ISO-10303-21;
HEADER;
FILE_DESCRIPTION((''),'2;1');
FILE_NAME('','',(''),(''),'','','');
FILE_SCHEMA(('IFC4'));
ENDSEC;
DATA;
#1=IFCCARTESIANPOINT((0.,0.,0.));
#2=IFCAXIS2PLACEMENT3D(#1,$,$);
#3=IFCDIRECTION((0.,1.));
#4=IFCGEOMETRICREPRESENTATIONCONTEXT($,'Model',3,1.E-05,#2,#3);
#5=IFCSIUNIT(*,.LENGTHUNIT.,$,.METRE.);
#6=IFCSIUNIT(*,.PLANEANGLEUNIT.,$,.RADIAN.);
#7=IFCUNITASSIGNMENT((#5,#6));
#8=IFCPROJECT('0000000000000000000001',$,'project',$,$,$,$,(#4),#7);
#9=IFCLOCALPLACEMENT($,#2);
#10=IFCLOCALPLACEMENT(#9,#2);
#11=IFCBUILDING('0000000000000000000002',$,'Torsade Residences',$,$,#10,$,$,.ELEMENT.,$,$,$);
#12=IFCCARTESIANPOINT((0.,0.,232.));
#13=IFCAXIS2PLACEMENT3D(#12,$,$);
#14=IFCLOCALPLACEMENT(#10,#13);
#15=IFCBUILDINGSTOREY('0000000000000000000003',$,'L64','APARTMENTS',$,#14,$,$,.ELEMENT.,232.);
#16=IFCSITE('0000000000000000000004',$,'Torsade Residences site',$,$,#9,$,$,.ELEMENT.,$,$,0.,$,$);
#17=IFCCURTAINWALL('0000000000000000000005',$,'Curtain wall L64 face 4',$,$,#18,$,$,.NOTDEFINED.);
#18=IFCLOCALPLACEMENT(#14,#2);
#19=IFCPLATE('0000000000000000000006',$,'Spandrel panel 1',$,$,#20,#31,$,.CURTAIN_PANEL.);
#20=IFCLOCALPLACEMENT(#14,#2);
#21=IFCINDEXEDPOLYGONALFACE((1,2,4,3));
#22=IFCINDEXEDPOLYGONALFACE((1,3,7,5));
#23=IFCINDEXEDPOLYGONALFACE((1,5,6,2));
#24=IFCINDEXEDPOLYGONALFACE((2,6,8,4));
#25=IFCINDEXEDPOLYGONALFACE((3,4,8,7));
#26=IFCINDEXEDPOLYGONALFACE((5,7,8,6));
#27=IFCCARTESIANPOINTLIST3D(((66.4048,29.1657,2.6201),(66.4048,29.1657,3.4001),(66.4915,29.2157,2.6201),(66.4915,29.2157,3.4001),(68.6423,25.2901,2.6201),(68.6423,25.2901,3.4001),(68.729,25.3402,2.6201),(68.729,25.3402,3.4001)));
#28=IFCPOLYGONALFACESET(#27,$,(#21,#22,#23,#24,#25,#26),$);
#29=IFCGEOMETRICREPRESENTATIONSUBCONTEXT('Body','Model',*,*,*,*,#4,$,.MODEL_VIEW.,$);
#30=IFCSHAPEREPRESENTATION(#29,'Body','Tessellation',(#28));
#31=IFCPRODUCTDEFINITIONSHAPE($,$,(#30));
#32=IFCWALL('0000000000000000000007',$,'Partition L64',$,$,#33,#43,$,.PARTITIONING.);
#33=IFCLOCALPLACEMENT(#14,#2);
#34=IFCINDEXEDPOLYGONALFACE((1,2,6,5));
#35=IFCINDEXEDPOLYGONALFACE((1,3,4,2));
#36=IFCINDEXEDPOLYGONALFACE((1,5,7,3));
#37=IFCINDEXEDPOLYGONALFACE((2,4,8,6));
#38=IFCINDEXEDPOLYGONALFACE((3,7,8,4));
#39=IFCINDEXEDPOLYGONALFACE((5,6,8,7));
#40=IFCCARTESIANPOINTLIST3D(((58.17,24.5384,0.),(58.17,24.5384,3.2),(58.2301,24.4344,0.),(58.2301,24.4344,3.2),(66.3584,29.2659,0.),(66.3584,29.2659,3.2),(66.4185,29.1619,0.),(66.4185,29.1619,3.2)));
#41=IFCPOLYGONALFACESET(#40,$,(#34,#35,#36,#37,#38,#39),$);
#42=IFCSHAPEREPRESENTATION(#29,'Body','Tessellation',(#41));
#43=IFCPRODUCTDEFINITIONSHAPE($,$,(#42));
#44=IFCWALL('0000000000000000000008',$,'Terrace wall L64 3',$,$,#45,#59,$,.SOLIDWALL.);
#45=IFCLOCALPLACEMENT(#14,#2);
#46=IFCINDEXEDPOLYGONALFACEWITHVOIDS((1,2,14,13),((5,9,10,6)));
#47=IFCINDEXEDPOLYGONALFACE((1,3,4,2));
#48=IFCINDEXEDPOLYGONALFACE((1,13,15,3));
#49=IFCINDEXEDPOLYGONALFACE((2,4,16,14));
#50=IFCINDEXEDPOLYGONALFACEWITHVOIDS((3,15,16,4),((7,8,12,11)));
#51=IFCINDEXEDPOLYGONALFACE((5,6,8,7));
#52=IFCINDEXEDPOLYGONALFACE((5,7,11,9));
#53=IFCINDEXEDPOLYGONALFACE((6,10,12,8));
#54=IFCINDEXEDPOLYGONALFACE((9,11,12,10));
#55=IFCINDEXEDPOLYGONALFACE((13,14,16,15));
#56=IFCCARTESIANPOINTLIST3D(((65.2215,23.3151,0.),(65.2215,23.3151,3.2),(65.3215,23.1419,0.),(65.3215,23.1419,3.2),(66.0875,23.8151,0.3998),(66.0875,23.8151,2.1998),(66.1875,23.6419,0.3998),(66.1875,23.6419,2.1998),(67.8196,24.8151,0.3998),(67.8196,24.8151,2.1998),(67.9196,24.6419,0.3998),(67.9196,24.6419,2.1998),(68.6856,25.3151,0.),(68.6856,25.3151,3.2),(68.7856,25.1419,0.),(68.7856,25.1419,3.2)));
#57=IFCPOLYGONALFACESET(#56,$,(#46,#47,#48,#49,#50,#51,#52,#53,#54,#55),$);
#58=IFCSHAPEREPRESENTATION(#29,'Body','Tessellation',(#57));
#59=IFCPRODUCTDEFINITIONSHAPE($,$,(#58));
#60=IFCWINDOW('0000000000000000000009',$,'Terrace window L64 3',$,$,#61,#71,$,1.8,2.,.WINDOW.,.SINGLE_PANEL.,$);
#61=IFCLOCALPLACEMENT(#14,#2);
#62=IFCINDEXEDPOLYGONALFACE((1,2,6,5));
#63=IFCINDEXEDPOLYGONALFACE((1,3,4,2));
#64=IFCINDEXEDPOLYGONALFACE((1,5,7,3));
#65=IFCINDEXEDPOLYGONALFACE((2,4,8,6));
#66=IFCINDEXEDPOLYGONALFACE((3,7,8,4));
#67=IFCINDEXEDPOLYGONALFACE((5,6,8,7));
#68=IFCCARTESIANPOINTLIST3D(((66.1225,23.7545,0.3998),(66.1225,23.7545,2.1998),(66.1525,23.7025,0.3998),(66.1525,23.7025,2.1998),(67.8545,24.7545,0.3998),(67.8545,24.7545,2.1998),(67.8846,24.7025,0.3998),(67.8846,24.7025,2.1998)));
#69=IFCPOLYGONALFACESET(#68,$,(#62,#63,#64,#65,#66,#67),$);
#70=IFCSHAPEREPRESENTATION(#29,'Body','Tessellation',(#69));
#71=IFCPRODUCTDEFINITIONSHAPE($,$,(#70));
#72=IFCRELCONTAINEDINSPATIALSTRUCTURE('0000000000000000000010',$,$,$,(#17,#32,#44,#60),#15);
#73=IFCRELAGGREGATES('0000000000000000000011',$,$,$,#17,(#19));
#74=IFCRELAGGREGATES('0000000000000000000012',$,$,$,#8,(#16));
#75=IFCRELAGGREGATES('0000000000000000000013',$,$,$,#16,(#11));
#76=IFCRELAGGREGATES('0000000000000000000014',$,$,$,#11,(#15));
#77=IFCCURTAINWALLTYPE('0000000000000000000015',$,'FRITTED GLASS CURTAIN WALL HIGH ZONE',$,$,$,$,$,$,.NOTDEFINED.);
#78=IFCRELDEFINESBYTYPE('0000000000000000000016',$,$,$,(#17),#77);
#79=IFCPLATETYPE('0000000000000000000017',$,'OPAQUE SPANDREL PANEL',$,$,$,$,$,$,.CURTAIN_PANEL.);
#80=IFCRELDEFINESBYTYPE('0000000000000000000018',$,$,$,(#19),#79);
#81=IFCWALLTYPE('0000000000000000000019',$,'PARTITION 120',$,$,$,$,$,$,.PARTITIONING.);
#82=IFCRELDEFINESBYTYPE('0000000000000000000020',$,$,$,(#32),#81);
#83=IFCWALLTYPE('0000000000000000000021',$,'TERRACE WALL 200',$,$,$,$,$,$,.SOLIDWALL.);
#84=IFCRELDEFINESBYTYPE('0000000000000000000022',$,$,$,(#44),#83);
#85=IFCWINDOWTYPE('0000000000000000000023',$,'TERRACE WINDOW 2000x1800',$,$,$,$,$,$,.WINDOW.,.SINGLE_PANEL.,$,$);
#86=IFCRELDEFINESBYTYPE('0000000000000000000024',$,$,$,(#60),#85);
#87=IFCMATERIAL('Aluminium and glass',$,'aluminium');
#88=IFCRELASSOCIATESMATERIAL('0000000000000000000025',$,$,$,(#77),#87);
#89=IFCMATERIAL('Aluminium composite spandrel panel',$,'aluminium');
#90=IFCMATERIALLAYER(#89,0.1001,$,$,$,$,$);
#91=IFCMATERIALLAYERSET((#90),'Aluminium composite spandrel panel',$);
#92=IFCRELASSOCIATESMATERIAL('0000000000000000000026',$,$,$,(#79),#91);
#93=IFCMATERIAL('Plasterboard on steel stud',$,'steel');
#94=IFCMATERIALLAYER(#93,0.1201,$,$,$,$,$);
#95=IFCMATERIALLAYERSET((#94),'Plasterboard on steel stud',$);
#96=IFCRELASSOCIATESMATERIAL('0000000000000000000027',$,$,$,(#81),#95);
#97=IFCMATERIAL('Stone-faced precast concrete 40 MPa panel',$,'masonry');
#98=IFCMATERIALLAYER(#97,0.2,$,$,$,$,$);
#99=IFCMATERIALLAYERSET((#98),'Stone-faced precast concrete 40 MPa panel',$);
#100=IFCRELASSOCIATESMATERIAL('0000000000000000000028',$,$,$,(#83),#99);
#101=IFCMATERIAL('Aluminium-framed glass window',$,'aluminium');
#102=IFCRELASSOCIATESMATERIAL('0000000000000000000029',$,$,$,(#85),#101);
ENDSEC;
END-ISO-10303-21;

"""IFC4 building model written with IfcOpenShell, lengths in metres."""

from ifc_helpers import new_model, si_unit, direction, frame, frame_2d, origin, origin_2d, place, context, subcontext, project, spatial, rectangle, extrude, material, layer, layer_set, type_object, element, fill, aggregate, save


model = new_model("IFC4")

# Units and contexts
model_context = context("Model", 3, precision=1e-05, world=origin(), true_north=direction((0.0, 1.0)))
body_context = subcontext(model_context, "Body", "Model", "MODEL_VIEW")
ifc_project = project(units=[si_unit("LENGTHUNIT", "METRE"), si_unit("PLANEANGLEUNIT", "RADIAN")], contexts=[model_context])

# Site, building, storey
site_placement = place(None, origin())
site = spatial("IfcSite", under=ifc_project, at=site_placement, Name="Torsade Residences site", CompositionType="ELEMENT", RefElevation=0.0)
building_placement = place(site_placement, origin())
building = spatial("IfcBuilding", under=site, at=building_placement, Name="Torsade Residences", CompositionType="ELEMENT")
storey_placement = place(building_placement, frame((0.0, 0.0, 232.0)))
storey = spatial("IfcBuildingStorey", under=building, at=storey_placement, Name="L64", Description="APARTMENTS", CompositionType="ELEMENT", Elevation=232.0)

# Curtain wall
ifc_material_1 = material(Name="Aluminium and glass", Category="aluminium")
curtain_wall_type = type_object("IfcCurtainWallType", Name="FRITTED GLASS CURTAIN WALL HIGH ZONE", PredefinedType="NOTDEFINED", material=ifc_material_1)
curtain_wall_placement = place(storey_placement, origin())
curtain_wall = element("IfcCurtainWall", 1, at=curtain_wall_placement, inside=storey, type_object=curtain_wall_type, Name="Curtain wall L64 face 4", PredefinedType="NOTDEFINED")

# Plate
ifc_material_2 = material(Name="Aluminium composite spandrel panel", Category="aluminium")
ifc_layer_1 = layer(ifc_material_2, 0.1001)
ifc_layer_set_1 = layer_set([ifc_layer_1], Name="Aluminium composite spandrel panel")
plate_type_1 = type_object("IfcPlateType", Name="OPAQUE SPANDREL PANEL", PredefinedType="CURTAIN_PANEL", material=ifc_layer_set_1)
plate_1_placement = place(storey_placement, frame((67.5669, 27.2529, 2.6201), z_axis=(0.0, 0.0, 1.0), x_axis=(-0.5, 0.866025, 0.0)))
plate_1 = element("IfcPlate", 2, at=plate_1_placement, type_object=plate_type_1, Name="Spandrel panel 1", PredefinedType="CURTAIN_PANEL", context=body_context, shape_type="SweptSolid", body=[
    extrude(rectangle(XDim=4.4751, YDim=0.1001, at=origin_2d()), origin(), (0.0, 0.0, 1.0), 0.78),
])
aggregate(curtain_wall, [plate_1])

# Wall
ifc_material_3 = material(Name="Plasterboard on steel stud", Category="steel")
ifc_layer_2 = layer(ifc_material_3, 0.1201)
ifc_layer_set_2 = layer_set([ifc_layer_2], Name="Plasterboard on steel stud")
wall_type_1 = type_object("IfcWallType", Name="PARTITION 120", PredefinedType="PARTITIONING", material=ifc_layer_set_2)
wall_1_placement = place(storey_placement, frame((66.3884, 29.2139, 0.0), z_axis=(0.0, 0.0, 1.0), x_axis=(-0.866029, -0.499994, 0.0)))
element("IfcWall", 3, at=wall_1_placement, inside=storey, type_object=wall_type_1, Name="Partition L64", PredefinedType="PARTITIONING", context=body_context, shape_type="SweptSolid", body=[
    extrude(rectangle(XDim=9.4551, YDim=0.1201, at=frame_2d((4.7275, 0.0))), origin(), (0.0, 0.0, 1.0), 3.2),
])

# Wall, opening, window
ifc_material_4 = material(Name="Stone-faced precast concrete 40 MPa panel", Category="masonry")
ifc_layer_3 = layer(ifc_material_4, 0.2)
ifc_layer_set_3 = layer_set([ifc_layer_3], Name="Stone-faced precast concrete 40 MPa panel")
wall_type_2 = type_object("IfcWallType", Name="TERRACE WALL 200", PredefinedType="SOLIDWALL", material=ifc_layer_set_3)
wall_2_placement = place(storey_placement, frame((65.2715, 23.2285, 0.0), z_axis=(0.0, 0.0, 1.0), x_axis=(0.866026, 0.499999, 0.0)))
wall_2 = element("IfcWall", 4, at=wall_2_placement, inside=storey, type_object=wall_type_2, Name="Terrace wall L64 3", PredefinedType="SOLIDWALL", context=body_context, shape_type="SweptSolid", body=[
    extrude(rectangle(XDim=4.0, YDim=0.2, at=frame_2d((2.0, 0.0))), origin(), (0.0, 0.0, 1.0), 3.2),
])
opening_placement = place(wall_2_placement, frame((1.0, 0.0, 0.3999)))
opening = element("IfcOpeningElement", 5, at=opening_placement, cuts=wall_2, PredefinedType="OPENING", context=body_context, shape_type="SweptSolid", body=[
    extrude(rectangle(XDim=2.0, YDim=1.8, at=frame_2d((1.0, 0.8999))), frame((0.0, 0.1099, 0.0), z_axis=(0.0, -1.0, 0.0), x_axis=(1.0, 0.0, 0.0)), (0.0, 0.0, 1.0), 0.22),
])
ifc_material_5 = material(Name="Aluminium-framed glass window", Category="aluminium")
window_type = type_object("IfcWindowType", Name="TERRACE WINDOW 2000x1800", PartitioningType="SINGLE_PANEL", PredefinedType="WINDOW", material=ifc_material_5)
window_placement = place(opening_placement, origin())
window = element("IfcWindow", 6, at=window_placement, inside=storey, type_object=window_type, Name="Terrace window L64 3", OverallHeight=1.8, OverallWidth=2.0, PartitioningType="SINGLE_PANEL", PredefinedType="WINDOW", context=body_context, shape_type="SweptSolid", body=[
    extrude(rectangle(XDim=2.0, YDim=1.8, at=frame_2d((1.0, 0.8999))), frame((0.0, 0.03, 0.0), z_axis=(0.0, -1.0, 0.0), x_axis=(1.0, 0.0, 0.0)), (0.0, 0.0, 1.0), 0.0601),
])
fill(opening, window)

save(model, "model.ifc")
